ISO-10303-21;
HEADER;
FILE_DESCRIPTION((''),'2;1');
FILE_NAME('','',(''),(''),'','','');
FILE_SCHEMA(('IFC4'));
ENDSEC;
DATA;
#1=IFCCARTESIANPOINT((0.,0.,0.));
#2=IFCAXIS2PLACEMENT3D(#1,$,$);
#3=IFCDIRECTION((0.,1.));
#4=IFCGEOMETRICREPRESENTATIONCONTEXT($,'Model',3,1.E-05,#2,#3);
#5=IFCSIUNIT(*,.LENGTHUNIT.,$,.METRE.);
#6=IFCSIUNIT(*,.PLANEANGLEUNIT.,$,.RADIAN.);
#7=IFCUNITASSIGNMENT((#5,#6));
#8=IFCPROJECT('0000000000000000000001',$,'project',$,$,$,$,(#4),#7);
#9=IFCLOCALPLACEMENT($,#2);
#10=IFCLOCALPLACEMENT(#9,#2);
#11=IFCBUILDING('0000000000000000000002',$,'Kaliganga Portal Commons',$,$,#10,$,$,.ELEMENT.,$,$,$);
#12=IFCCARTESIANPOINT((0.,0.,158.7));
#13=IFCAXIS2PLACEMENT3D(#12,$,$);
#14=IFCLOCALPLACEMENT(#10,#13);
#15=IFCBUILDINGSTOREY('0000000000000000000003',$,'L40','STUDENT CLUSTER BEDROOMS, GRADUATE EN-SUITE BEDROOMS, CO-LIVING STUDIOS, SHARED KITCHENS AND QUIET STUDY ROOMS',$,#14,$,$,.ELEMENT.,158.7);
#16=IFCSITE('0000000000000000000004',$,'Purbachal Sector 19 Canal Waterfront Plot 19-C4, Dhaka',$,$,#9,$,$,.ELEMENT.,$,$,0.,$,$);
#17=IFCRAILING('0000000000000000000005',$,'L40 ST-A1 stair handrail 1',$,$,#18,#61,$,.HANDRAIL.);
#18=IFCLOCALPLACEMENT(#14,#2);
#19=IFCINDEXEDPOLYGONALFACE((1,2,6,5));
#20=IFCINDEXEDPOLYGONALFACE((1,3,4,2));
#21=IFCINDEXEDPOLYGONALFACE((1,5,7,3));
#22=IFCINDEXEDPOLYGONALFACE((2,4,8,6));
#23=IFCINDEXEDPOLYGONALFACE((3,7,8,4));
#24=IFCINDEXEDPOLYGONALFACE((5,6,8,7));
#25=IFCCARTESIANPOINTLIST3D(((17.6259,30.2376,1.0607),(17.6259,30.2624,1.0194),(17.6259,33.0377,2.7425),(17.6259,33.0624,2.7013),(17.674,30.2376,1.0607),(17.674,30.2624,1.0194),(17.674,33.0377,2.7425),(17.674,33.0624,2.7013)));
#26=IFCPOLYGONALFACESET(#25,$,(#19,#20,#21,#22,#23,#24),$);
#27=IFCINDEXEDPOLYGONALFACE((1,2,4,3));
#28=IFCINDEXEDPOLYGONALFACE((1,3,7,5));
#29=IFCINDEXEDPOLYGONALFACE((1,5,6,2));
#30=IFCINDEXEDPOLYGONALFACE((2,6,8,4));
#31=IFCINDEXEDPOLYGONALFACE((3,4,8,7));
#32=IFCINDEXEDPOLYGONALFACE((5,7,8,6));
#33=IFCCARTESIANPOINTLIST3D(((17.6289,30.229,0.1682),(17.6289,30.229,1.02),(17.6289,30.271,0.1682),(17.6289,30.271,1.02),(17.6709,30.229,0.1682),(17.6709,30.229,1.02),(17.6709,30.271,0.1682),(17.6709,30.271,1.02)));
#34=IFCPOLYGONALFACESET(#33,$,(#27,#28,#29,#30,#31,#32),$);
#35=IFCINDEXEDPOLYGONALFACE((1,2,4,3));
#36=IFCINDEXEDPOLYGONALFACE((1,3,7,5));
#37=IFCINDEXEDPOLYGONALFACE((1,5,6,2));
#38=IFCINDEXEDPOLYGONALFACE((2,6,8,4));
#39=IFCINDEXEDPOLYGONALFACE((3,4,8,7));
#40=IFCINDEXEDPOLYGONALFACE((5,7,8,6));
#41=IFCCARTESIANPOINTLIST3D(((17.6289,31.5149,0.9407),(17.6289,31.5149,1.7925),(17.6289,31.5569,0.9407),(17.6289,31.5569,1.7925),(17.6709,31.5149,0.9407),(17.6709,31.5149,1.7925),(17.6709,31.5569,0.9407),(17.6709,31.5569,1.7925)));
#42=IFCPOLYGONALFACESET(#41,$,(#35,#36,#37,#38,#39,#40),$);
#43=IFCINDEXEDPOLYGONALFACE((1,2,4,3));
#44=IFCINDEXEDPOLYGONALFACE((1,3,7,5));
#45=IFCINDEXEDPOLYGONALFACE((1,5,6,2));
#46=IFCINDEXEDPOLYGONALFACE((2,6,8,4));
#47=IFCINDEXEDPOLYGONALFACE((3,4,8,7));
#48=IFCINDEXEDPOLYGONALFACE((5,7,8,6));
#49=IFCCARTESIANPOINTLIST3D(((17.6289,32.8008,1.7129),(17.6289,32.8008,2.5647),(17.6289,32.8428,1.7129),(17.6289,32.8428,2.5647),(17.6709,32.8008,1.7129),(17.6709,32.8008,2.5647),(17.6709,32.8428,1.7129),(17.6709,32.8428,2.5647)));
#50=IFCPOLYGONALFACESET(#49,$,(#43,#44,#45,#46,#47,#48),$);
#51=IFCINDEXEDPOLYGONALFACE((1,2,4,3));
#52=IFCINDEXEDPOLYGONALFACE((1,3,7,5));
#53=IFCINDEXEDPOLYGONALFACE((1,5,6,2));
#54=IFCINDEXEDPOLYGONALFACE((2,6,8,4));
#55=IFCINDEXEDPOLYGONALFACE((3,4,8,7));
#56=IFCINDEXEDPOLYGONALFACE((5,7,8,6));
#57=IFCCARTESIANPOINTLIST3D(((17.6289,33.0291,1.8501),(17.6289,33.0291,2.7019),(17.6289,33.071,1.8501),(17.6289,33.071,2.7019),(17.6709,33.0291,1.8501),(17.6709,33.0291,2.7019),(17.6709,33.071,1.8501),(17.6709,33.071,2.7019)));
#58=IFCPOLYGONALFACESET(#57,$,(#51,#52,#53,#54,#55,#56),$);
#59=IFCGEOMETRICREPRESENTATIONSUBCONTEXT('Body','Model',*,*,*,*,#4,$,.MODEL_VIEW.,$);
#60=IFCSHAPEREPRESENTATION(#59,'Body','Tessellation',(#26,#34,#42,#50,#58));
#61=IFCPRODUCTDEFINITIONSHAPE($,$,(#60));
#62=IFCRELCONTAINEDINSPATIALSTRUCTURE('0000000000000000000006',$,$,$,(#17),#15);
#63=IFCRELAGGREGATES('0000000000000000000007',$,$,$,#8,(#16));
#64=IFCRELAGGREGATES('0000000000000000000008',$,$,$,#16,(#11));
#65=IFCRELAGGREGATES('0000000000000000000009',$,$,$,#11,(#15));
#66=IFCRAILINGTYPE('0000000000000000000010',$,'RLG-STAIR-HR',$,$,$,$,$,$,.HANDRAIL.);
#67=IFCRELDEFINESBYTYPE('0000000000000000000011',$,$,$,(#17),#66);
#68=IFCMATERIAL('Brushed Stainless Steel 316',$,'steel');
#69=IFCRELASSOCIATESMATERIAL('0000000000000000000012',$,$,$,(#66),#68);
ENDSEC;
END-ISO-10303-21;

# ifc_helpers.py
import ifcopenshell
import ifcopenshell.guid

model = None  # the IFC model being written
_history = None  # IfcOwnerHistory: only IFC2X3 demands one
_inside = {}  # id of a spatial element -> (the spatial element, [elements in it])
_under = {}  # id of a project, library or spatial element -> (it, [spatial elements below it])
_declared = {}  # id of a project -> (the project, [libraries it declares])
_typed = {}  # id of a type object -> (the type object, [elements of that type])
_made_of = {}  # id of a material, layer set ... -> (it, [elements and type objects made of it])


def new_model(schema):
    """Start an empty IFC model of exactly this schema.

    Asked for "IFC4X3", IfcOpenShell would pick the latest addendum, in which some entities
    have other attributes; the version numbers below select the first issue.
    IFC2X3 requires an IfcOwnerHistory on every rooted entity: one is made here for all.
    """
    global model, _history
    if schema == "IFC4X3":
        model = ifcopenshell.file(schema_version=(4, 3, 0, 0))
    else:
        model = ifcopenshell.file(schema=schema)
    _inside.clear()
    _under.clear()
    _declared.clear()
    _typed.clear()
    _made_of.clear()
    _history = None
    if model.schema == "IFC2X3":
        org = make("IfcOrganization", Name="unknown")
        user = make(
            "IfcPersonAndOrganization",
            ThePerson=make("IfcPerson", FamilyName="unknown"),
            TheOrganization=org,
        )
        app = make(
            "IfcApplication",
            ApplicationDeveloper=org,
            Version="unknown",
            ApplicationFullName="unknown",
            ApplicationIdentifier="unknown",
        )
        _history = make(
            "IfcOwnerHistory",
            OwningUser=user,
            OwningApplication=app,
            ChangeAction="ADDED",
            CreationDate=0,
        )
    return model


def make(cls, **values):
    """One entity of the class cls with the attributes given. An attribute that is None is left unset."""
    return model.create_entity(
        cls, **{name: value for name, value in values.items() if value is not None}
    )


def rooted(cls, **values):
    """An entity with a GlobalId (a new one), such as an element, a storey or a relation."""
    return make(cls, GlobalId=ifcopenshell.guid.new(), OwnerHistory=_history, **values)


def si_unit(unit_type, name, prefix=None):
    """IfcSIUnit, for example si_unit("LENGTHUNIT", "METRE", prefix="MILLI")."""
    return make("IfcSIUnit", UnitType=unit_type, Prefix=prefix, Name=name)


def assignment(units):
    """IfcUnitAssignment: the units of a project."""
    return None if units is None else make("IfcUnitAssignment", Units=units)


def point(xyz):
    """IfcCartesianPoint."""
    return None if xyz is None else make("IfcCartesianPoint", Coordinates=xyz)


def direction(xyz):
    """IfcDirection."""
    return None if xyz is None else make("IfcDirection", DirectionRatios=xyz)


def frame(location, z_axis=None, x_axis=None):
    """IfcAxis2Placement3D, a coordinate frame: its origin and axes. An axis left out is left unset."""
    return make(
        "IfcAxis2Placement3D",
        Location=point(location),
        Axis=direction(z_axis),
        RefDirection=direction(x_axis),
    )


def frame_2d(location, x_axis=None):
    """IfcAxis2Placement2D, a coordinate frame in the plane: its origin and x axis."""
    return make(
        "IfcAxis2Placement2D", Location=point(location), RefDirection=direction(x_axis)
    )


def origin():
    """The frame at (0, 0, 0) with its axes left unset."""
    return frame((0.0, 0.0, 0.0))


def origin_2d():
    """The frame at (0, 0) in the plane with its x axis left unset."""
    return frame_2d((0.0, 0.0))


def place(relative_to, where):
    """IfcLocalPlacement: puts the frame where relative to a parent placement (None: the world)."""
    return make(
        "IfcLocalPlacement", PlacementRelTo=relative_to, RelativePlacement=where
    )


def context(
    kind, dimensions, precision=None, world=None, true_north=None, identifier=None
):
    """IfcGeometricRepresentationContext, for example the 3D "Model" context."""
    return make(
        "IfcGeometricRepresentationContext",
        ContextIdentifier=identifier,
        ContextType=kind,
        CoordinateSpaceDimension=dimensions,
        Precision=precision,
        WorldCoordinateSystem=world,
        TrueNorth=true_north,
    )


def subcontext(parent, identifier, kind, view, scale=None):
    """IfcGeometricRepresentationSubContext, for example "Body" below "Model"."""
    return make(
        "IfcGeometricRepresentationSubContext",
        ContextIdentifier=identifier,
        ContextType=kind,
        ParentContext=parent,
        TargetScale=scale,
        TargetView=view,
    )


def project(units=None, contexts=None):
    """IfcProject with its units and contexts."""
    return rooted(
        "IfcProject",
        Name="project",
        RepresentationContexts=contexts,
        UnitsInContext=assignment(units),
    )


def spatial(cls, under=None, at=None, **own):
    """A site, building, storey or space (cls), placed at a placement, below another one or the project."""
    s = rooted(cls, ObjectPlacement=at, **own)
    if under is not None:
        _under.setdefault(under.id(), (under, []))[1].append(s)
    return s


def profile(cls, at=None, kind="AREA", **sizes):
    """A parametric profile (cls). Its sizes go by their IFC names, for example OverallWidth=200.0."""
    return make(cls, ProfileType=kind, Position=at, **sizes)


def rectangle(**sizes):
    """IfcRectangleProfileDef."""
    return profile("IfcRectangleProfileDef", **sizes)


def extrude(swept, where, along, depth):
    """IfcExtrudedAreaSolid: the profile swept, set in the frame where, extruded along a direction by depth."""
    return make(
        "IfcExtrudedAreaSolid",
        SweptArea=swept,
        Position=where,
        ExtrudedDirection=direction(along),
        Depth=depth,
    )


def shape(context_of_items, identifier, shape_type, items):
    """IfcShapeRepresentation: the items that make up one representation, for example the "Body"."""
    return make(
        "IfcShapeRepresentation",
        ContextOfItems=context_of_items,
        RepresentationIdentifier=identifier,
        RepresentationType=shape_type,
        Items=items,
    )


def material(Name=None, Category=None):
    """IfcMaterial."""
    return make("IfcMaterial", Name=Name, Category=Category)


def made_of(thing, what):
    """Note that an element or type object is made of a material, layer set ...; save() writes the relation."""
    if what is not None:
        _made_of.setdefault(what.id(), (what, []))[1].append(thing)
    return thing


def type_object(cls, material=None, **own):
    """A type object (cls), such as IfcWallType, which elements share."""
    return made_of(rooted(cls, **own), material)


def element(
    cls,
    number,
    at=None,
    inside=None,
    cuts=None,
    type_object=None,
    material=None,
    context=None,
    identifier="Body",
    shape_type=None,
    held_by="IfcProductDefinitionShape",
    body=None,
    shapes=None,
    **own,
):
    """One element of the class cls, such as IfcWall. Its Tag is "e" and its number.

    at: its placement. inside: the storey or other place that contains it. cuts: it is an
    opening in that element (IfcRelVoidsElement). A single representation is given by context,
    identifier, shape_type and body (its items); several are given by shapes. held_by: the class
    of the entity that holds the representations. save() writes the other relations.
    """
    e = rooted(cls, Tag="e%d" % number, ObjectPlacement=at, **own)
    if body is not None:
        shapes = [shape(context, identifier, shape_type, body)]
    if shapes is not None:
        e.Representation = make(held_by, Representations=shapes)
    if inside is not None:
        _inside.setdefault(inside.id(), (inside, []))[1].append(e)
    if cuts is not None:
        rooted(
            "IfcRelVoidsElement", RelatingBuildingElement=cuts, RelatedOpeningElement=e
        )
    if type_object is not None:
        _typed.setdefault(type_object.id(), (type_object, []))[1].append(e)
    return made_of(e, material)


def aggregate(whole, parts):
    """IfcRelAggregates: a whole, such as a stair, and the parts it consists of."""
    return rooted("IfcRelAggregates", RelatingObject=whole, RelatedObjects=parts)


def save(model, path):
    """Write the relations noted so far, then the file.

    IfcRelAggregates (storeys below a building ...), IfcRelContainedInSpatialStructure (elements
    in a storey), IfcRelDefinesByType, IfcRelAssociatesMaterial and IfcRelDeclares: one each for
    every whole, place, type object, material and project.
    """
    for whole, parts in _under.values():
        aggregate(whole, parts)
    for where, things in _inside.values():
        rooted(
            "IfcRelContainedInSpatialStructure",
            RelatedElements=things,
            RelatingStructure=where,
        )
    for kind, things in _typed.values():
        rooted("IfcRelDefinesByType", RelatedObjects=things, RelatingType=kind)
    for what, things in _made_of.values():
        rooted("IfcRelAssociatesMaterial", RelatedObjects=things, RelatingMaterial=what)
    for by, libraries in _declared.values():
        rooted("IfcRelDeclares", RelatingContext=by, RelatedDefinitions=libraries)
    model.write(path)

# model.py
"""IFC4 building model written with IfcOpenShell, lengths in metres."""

from ifc_helpers import new_model, si_unit, direction, frame, origin, origin_2d, place, context, subcontext, project, spatial, rectangle, extrude, material, type_object, element, save


model = new_model("IFC4")

# Units and contexts
model_context = context("Model", 3, precision=1e-05, world=origin(), true_north=direction((0.0, 1.0)))
body_context = subcontext(model_context, "Body", "Model", "MODEL_VIEW")
ifc_project = project(units=[si_unit("LENGTHUNIT", "METRE"), si_unit("PLANEANGLEUNIT", "RADIAN")], contexts=[model_context])

# Site, building, storey
site_placement = place(None, origin())
site = spatial("IfcSite", under=ifc_project, at=site_placement, Name="Purbachal Sector 19 Canal Waterfront Plot 19-C4, Dhaka", CompositionType="ELEMENT", RefElevation=0.0)
building_placement = place(site_placement, origin())
building = spatial("IfcBuilding", under=site, at=building_placement, Name="Kaliganga Portal Commons", CompositionType="ELEMENT")
storey_placement = place(building_placement, frame((0.0, 0.0, 158.7)))
storey = spatial("IfcBuildingStorey", under=building, at=storey_placement, Name="L40", Description="STUDENT CLUSTER BEDROOMS, GRADUATE EN-SUITE BEDROOMS, CO-LIVING STUDIOS, SHARED KITCHENS AND QUIET STUDY ROOMS", CompositionType="ELEMENT", Elevation=158.7)

# Railing
ifc_material_1 = material(Name="Brushed Stainless Steel 316", Category="steel")
railing_type_1 = type_object("IfcRailingType", Name="RLG-STAIR-HR", PredefinedType="HANDRAIL", material=ifc_material_1)
railing_1_placement = place(storey_placement, frame((17.6499, 30.25, 0.1682)))
element("IfcRailing", 1, at=railing_1_placement, inside=storey, type_object=railing_type_1, Name="L40 ST-A1 stair handrail 1", PredefinedType="HANDRAIL", context=body_context, shape_type="SweptSolid", body=[
    extrude(rectangle(XDim=0.0481, YDim=0.0481, at=origin_2d()), frame((0.0, 0.0, 0.8718), z_axis=(0.0, 0.857242, 0.514913), x_axis=(-1.0, 0.0, 0.0)), (0.0, 0.0, 1.0), 3.2664),
    extrude(rectangle(XDim=0.042, YDim=0.042, at=origin_2d()), origin(), (0.0, 0.0, 1.0), 0.8518),
    extrude(rectangle(XDim=0.042, YDim=0.042, at=origin_2d()), frame((0.0, 1.2859, 0.7725)), (0.0, 0.0, 1.0), 0.8518),
    extrude(rectangle(XDim=0.042, YDim=0.042, at=origin_2d()), frame((0.0, 2.5718, 1.5447)), (0.0, 0.0, 1.0), 0.8518),
    extrude(rectangle(XDim=0.042, YDim=0.042, at=origin_2d()), frame((0.0, 2.8, 1.6819)), (0.0, 0.0, 1.0), 0.8518),
])

save(model, "model.ifc")
